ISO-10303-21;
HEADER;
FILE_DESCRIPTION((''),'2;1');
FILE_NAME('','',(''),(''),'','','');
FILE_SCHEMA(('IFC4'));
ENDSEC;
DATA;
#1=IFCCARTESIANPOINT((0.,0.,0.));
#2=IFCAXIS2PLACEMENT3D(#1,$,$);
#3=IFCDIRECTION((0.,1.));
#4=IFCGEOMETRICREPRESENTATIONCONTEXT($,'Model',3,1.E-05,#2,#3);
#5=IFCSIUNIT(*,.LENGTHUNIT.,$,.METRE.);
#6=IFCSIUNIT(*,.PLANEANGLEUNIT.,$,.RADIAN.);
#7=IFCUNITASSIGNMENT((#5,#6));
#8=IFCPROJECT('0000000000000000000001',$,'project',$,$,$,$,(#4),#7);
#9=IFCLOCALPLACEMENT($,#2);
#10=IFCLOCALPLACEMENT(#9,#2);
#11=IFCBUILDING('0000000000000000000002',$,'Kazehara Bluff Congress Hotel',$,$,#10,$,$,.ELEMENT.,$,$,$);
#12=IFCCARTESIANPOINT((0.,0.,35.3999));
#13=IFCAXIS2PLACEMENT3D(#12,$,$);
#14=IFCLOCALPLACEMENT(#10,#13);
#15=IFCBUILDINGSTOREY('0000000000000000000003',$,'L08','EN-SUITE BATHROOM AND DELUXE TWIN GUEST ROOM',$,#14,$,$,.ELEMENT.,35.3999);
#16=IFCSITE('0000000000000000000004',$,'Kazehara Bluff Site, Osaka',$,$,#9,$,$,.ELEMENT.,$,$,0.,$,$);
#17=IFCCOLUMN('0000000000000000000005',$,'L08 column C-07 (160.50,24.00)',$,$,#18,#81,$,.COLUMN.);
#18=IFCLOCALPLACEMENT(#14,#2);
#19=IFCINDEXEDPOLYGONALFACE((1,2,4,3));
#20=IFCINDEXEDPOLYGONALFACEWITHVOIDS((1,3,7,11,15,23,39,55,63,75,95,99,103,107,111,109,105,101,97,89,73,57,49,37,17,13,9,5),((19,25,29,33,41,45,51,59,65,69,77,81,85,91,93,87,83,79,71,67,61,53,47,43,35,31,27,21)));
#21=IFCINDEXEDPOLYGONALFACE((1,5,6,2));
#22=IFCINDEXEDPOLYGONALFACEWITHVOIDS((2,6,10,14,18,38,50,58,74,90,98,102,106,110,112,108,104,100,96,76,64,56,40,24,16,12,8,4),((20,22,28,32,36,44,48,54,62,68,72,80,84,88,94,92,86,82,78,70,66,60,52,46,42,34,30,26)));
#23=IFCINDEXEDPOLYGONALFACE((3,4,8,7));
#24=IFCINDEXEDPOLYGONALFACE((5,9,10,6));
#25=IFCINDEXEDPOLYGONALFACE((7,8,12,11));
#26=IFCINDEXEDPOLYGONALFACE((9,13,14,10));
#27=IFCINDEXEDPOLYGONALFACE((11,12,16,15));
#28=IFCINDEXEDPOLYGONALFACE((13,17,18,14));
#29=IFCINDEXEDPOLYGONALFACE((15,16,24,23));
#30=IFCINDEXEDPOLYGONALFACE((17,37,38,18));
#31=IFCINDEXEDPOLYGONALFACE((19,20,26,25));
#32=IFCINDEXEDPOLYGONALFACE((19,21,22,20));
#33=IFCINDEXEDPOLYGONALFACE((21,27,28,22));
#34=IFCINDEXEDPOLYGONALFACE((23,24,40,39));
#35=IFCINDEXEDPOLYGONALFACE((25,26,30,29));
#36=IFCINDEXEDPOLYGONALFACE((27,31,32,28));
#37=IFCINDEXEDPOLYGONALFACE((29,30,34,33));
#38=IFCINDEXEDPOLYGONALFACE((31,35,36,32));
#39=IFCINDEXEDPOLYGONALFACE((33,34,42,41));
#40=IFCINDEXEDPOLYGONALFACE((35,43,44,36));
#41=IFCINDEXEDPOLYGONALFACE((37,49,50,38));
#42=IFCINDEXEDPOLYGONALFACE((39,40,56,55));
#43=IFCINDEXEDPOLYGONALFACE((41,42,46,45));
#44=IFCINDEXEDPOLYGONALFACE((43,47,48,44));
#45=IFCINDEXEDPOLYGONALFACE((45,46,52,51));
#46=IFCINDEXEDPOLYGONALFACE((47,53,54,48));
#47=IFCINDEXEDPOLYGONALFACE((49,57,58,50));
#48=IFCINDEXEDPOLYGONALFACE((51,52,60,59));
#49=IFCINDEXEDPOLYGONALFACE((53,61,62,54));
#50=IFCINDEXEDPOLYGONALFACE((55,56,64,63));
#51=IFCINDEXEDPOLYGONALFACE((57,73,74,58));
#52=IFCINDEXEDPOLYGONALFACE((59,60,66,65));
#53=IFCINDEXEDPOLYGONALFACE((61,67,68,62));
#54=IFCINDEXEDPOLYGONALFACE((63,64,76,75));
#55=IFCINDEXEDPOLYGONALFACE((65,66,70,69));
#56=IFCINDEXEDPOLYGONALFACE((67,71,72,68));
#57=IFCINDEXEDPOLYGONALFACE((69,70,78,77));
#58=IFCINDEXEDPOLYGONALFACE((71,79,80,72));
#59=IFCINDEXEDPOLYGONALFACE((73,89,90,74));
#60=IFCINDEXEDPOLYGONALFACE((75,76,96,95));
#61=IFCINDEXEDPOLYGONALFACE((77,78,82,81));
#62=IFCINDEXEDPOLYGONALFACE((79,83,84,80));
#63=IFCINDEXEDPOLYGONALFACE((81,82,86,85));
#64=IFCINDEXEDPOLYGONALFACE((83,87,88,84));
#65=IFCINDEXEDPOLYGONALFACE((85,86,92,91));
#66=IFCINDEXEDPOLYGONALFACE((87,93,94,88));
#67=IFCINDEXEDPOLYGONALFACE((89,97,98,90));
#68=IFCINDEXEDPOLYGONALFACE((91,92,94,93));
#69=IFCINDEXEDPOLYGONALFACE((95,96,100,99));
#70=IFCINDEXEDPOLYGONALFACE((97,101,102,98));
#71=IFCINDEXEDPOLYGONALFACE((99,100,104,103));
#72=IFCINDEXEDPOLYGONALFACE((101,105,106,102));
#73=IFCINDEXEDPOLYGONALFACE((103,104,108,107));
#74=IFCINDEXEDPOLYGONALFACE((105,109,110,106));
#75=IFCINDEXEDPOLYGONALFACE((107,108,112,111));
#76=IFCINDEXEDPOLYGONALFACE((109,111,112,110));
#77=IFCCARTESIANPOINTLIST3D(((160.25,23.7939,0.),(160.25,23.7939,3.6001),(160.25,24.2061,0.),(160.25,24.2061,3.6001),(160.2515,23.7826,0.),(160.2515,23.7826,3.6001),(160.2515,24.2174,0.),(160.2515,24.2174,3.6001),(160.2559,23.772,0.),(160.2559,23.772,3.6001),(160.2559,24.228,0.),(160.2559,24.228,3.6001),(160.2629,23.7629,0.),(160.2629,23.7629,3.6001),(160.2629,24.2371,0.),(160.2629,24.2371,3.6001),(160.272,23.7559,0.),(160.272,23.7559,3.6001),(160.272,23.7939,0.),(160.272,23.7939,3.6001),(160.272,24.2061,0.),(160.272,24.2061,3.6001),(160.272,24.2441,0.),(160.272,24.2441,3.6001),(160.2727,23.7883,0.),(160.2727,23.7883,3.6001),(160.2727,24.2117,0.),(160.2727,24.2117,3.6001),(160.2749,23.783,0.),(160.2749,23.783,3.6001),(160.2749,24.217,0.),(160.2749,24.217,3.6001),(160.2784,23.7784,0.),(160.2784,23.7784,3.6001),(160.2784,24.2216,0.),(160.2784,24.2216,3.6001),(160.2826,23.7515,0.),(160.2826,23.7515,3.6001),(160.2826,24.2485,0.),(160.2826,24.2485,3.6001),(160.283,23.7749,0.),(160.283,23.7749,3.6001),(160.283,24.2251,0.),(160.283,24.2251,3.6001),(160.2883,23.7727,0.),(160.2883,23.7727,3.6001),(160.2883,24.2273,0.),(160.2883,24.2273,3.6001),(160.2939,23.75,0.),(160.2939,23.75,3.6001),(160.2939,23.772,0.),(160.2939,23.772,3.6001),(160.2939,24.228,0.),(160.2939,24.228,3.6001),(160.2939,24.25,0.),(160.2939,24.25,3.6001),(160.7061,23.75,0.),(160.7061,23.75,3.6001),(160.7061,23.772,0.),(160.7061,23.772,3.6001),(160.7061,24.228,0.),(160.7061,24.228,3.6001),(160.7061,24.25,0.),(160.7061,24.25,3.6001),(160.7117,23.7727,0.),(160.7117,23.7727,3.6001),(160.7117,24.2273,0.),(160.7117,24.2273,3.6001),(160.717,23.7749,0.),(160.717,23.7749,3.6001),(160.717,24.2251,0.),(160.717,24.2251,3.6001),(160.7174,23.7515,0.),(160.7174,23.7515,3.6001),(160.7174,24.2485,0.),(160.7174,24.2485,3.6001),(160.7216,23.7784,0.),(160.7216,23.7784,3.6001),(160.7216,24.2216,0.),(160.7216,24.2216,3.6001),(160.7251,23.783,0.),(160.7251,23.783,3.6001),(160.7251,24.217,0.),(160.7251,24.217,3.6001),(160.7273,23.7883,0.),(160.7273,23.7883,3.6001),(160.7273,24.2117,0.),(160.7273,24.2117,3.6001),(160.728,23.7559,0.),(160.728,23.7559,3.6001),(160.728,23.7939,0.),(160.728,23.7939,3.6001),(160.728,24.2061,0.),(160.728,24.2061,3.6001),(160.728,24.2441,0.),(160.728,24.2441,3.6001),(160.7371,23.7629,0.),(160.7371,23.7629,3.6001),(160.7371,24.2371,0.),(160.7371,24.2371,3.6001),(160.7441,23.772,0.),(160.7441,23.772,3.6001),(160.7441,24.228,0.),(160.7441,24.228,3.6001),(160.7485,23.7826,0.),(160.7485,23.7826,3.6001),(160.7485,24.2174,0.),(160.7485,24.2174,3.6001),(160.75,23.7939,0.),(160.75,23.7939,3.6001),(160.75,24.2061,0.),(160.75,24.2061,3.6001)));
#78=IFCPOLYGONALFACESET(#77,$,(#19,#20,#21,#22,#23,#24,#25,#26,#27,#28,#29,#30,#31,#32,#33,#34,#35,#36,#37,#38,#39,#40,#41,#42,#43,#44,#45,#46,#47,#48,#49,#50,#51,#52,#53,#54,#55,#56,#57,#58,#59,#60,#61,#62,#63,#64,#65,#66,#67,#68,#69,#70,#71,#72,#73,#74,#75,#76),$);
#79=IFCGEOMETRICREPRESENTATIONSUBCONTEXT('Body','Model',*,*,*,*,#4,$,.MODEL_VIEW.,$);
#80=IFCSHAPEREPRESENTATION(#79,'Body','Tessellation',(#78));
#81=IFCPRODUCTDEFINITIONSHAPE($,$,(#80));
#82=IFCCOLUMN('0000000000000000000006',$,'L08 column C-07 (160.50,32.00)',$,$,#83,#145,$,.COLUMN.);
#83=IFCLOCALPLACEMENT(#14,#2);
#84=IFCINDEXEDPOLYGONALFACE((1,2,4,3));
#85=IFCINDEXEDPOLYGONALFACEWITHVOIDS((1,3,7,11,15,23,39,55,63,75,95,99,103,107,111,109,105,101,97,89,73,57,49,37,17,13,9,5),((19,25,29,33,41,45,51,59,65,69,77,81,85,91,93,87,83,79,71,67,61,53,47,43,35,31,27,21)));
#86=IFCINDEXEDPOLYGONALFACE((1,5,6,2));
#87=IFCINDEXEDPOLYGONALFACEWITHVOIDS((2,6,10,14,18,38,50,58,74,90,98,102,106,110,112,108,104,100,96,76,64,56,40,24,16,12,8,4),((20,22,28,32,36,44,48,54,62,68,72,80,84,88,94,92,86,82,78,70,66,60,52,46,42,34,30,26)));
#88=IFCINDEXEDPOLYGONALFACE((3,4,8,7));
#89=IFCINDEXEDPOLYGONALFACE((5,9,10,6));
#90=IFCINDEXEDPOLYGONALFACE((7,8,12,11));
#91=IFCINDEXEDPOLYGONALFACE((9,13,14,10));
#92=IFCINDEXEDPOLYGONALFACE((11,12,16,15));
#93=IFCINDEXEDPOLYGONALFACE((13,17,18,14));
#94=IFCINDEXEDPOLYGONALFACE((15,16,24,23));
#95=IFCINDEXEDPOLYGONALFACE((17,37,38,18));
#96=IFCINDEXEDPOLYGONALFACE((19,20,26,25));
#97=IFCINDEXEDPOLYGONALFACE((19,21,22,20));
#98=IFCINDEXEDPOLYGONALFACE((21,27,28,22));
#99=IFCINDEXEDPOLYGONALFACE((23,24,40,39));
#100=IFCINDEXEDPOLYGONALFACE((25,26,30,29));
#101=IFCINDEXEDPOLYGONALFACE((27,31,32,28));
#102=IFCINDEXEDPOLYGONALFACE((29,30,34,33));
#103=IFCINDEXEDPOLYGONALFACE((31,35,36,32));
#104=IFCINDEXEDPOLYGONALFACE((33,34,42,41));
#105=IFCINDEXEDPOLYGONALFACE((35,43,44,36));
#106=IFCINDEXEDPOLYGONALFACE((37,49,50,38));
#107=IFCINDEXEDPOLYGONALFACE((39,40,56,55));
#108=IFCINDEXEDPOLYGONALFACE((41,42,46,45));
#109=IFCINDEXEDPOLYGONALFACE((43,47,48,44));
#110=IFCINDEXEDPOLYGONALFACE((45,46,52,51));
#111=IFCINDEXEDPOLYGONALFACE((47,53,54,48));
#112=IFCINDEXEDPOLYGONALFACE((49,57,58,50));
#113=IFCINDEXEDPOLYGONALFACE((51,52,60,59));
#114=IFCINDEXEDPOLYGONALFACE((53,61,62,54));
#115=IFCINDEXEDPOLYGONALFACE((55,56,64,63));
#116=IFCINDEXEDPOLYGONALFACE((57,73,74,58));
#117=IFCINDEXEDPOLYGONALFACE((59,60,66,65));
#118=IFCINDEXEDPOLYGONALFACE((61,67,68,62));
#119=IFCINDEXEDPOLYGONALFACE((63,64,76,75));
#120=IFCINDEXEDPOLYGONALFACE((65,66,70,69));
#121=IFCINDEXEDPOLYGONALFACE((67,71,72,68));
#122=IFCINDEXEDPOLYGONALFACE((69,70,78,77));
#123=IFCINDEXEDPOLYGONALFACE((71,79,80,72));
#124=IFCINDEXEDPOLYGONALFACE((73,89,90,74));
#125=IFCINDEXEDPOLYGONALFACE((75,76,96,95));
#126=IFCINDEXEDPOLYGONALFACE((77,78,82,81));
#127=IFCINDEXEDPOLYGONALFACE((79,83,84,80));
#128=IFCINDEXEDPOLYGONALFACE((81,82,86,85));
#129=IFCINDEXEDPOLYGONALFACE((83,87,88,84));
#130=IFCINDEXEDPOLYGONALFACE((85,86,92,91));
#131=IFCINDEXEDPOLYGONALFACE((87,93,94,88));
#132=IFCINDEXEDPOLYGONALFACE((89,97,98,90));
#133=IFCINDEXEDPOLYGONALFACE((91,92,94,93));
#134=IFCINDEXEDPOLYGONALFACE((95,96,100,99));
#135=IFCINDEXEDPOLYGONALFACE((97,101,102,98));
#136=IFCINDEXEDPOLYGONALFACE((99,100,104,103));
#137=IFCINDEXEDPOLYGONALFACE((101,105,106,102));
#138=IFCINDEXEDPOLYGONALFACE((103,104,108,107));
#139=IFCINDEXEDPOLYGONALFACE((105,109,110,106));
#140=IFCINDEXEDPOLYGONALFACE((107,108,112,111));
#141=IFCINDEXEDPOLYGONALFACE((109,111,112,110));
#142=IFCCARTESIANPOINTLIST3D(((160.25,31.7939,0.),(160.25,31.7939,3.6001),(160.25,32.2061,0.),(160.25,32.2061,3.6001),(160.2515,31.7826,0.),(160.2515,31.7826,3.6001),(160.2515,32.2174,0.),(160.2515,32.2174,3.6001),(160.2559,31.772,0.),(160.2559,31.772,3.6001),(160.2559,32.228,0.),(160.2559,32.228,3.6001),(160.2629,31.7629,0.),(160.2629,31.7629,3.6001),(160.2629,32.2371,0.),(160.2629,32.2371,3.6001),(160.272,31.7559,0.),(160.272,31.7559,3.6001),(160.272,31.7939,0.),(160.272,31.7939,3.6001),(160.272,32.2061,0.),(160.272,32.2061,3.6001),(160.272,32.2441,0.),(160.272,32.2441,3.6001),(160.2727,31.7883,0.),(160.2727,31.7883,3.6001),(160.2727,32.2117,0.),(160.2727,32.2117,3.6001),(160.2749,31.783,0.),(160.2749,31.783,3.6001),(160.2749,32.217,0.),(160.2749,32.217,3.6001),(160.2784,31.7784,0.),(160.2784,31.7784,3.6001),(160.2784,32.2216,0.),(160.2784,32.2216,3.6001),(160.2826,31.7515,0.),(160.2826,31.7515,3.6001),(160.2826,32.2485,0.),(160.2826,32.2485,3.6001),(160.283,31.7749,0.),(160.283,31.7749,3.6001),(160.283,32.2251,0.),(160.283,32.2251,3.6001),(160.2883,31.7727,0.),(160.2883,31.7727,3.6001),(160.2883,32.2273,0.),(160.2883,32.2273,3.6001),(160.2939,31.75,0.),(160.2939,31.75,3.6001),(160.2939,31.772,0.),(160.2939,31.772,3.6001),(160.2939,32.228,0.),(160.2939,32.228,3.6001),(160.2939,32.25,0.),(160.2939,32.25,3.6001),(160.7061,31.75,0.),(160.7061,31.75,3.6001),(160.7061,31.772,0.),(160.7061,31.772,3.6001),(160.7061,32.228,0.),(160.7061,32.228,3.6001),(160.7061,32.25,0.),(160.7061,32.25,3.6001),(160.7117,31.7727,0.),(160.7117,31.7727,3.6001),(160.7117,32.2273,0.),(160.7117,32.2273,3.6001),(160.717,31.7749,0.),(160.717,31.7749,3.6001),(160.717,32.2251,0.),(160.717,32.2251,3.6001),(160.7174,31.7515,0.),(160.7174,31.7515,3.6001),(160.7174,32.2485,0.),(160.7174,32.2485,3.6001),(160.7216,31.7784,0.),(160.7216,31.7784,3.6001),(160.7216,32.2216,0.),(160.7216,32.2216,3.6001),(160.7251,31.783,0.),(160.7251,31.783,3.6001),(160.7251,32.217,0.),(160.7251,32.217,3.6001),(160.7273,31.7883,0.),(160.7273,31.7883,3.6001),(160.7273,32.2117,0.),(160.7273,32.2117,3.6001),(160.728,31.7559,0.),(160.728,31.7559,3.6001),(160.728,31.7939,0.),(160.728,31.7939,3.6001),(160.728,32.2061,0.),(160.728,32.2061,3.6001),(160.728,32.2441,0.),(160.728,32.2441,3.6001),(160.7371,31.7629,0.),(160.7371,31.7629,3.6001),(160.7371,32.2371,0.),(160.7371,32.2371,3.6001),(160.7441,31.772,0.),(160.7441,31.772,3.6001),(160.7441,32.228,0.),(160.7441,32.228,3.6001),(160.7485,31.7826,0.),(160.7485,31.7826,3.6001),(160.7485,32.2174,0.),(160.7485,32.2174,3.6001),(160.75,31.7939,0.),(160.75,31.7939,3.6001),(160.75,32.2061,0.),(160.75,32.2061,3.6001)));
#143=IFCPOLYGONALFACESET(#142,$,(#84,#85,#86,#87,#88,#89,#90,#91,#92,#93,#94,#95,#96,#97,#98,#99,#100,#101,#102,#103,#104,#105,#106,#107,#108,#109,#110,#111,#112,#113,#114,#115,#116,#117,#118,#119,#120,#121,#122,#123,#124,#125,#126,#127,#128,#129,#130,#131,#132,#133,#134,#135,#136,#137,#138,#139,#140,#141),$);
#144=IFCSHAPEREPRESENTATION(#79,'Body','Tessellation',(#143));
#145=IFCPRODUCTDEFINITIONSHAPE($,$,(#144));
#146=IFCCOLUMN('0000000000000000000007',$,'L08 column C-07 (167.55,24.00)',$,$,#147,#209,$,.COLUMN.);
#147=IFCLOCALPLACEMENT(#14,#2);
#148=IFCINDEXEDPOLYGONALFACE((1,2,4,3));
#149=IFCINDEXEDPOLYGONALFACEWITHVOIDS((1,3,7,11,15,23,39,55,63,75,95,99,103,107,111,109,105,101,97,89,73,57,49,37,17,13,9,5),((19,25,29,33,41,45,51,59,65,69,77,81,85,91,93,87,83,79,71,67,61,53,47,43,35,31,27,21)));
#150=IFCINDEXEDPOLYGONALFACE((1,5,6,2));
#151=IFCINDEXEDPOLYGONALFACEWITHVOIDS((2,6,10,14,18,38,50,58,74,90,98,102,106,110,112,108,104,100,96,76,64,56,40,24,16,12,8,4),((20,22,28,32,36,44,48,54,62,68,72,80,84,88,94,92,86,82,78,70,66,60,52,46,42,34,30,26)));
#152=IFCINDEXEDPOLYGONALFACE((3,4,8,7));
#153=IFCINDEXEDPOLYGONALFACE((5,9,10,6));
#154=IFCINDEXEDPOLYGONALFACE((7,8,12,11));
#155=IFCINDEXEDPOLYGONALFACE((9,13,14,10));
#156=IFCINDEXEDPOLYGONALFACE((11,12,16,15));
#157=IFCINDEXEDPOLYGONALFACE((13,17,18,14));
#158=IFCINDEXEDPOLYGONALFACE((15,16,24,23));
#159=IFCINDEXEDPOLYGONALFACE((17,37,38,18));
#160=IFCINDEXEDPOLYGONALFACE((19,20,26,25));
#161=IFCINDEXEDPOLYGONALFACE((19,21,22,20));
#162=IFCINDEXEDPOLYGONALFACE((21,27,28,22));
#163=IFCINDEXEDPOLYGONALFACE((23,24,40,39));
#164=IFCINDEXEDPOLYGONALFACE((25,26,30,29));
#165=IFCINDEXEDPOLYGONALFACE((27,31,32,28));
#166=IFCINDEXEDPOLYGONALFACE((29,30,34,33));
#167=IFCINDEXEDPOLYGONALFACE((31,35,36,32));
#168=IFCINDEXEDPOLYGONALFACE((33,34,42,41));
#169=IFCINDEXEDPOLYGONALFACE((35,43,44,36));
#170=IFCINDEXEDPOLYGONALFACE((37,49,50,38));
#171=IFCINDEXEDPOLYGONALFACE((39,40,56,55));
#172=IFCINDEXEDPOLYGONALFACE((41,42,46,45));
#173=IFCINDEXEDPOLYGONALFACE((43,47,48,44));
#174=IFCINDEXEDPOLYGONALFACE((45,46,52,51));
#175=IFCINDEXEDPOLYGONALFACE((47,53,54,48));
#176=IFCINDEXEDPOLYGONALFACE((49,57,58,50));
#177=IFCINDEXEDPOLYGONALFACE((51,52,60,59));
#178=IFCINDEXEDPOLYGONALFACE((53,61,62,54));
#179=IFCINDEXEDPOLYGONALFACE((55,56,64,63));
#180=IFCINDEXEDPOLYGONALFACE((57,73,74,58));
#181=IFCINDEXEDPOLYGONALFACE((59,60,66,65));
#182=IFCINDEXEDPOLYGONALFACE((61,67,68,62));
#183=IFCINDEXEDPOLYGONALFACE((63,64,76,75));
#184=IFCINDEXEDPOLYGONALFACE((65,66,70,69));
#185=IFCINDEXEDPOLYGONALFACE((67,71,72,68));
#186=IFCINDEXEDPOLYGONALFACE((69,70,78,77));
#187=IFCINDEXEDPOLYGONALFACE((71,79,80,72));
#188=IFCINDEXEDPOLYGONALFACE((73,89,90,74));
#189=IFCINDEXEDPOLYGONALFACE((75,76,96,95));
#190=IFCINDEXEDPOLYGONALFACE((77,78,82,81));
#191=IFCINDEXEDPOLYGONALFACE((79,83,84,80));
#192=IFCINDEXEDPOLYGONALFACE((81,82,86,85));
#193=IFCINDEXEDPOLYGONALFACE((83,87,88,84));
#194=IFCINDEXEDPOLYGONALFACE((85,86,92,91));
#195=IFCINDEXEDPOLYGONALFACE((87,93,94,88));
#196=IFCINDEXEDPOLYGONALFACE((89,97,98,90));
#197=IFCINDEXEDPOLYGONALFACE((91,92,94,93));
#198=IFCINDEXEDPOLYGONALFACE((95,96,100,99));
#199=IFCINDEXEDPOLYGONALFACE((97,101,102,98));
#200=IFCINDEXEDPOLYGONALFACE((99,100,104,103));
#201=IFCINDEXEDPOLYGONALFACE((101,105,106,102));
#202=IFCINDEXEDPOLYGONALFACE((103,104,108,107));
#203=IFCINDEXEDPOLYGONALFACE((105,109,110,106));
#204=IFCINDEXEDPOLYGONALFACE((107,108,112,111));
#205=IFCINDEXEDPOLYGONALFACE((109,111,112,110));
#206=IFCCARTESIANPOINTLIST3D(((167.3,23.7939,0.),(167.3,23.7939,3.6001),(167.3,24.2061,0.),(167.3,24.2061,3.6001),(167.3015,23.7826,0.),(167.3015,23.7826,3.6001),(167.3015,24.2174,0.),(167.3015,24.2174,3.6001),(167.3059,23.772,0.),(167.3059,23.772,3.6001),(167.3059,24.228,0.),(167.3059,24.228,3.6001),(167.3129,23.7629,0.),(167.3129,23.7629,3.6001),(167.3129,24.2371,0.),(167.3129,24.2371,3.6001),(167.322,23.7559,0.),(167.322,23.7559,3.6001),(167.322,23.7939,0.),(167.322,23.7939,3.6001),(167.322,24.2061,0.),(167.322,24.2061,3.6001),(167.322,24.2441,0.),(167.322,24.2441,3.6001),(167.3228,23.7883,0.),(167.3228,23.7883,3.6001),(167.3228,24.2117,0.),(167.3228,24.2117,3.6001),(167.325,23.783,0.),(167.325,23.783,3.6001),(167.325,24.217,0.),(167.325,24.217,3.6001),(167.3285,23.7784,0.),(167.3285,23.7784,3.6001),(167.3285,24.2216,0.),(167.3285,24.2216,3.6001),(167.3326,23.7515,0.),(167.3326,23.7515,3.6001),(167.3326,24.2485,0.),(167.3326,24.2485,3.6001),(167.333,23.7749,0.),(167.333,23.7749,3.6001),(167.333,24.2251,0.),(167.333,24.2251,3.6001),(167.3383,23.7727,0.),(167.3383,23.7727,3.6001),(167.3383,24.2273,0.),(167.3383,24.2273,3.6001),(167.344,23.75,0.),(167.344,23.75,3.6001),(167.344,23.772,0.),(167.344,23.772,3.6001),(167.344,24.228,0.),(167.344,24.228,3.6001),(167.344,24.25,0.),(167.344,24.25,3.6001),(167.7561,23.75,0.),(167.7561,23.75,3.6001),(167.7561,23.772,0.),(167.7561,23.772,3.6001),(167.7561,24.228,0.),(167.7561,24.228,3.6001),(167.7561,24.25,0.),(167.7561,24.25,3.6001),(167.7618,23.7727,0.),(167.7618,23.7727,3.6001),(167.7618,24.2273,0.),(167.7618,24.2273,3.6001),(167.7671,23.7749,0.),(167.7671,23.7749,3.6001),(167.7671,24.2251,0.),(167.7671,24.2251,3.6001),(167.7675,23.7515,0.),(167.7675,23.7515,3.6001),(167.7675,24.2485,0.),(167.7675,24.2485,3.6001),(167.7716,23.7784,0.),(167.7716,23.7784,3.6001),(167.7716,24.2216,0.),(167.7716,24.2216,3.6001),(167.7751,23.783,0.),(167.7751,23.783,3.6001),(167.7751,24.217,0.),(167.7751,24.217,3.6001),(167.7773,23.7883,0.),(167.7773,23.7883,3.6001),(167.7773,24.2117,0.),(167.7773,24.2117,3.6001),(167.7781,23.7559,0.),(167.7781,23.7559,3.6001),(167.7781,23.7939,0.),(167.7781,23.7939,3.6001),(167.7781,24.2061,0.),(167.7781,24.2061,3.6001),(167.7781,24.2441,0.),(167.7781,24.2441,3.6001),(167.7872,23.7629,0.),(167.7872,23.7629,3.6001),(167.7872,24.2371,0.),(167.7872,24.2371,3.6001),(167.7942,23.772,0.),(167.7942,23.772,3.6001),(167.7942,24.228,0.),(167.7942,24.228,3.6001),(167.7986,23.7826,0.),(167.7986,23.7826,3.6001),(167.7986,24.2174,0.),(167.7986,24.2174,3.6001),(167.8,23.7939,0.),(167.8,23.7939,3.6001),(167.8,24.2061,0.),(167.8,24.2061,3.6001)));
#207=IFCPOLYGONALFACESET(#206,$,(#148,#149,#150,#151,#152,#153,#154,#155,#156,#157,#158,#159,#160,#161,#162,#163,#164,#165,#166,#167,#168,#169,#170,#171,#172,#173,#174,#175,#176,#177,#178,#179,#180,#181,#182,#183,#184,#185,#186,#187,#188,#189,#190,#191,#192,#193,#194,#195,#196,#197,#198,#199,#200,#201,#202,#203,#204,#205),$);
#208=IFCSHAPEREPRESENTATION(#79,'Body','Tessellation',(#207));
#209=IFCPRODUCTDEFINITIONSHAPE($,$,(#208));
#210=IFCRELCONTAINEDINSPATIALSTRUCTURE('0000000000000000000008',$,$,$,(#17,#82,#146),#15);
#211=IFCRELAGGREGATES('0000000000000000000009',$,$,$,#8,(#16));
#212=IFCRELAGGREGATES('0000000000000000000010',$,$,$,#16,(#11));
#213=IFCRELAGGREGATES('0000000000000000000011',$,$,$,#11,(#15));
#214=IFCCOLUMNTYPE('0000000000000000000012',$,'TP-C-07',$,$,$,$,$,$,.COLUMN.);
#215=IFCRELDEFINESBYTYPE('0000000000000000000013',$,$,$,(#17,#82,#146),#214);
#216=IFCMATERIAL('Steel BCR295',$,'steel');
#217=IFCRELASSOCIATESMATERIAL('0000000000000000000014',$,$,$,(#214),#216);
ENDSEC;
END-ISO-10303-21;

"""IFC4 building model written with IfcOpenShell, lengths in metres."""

from ifc_helpers import new_model, si_unit, direction, frame, origin, origin_2d, place, context, subcontext, project, spatial, hollow_rectangle, extrude, material, material_profile, profile_set, type_object, element, save


model = new_model("IFC4")

# Units and contexts
model_context = context("Model", 3, precision=1e-05, world=origin(), true_north=direction((0.0, 1.0)))
body_context = subcontext(model_context, "Body", "Model", "MODEL_VIEW")
ifc_project = project(units=[si_unit("LENGTHUNIT", "METRE"), si_unit("PLANEANGLEUNIT", "RADIAN")], contexts=[model_context])

# Site, building, storey
site_placement = place(None, origin())
site = spatial("IfcSite", under=ifc_project, at=site_placement, Name="Kazehara Bluff Site, Osaka", CompositionType="ELEMENT", RefElevation=0.0)
building_placement = place(site_placement, origin())
building = spatial("IfcBuilding", under=site, at=building_placement, Name="Kazehara Bluff Congress Hotel", CompositionType="ELEMENT")
storey_placement = place(building_placement, frame((0.0, 0.0, 35.3999)))
storey = spatial("IfcBuildingStorey", under=building, at=storey_placement, Name="L08", Description="EN-SUITE BATHROOM AND DELUXE TWIN GUEST ROOM", CompositionType="ELEMENT", Elevation=35.3999)

# Columns
ifc_material_1 = material(Name="Steel BCR295", Category="steel")
ifc_material_profile_1 = material_profile(ifc_material_1, hollow_rectangle(XDim=0.5, YDim=0.5, WallThickness=0.022, InnerFilletRadius=0.022, OuterFilletRadius=0.0439, at=origin_2d()))
ifc_profile_set_1 = profile_set([ifc_material_profile_1], Name="Steel BCR295")
column_type = type_object("IfcColumnType", Name="TP-C-07", PredefinedType="COLUMN", material=ifc_profile_set_1)
for number, where, z_axis, x_axis, name in (
    (1, (160.5, 24.0, 0.0), (0.0, 0.0, 1.0), (1.0, 0.0, 0.0), "L08 column C-07 (160.50,24.00)"),
    (2, (160.5, 32.0, 0.0), (0.0, 0.0, 1.0), (1.0, 0.0, 0.0), "L08 column C-07 (160.50,32.00)"),
    (3, (167.55, 24.0, 0.0), (0.0, 0.0, 1.0), (1.0, 0.0, 0.0), "L08 column C-07 (167.55,24.00)"),
):
    element("IfcColumn", number, at=place(storey_placement, frame(where, z_axis=z_axis, x_axis=x_axis)), inside=storey, type_object=column_type, Name=name, PredefinedType="COLUMN", context=body_context, shape_type="SweptSolid", body=[
        extrude(hollow_rectangle(XDim=0.5, YDim=0.5, WallThickness=0.022, InnerFilletRadius=0.022, OuterFilletRadius=0.0439, at=origin_2d()), origin(), (0.0, 0.0, 1.0), 3.6001),
    ])

save(model, "model.ifc")
